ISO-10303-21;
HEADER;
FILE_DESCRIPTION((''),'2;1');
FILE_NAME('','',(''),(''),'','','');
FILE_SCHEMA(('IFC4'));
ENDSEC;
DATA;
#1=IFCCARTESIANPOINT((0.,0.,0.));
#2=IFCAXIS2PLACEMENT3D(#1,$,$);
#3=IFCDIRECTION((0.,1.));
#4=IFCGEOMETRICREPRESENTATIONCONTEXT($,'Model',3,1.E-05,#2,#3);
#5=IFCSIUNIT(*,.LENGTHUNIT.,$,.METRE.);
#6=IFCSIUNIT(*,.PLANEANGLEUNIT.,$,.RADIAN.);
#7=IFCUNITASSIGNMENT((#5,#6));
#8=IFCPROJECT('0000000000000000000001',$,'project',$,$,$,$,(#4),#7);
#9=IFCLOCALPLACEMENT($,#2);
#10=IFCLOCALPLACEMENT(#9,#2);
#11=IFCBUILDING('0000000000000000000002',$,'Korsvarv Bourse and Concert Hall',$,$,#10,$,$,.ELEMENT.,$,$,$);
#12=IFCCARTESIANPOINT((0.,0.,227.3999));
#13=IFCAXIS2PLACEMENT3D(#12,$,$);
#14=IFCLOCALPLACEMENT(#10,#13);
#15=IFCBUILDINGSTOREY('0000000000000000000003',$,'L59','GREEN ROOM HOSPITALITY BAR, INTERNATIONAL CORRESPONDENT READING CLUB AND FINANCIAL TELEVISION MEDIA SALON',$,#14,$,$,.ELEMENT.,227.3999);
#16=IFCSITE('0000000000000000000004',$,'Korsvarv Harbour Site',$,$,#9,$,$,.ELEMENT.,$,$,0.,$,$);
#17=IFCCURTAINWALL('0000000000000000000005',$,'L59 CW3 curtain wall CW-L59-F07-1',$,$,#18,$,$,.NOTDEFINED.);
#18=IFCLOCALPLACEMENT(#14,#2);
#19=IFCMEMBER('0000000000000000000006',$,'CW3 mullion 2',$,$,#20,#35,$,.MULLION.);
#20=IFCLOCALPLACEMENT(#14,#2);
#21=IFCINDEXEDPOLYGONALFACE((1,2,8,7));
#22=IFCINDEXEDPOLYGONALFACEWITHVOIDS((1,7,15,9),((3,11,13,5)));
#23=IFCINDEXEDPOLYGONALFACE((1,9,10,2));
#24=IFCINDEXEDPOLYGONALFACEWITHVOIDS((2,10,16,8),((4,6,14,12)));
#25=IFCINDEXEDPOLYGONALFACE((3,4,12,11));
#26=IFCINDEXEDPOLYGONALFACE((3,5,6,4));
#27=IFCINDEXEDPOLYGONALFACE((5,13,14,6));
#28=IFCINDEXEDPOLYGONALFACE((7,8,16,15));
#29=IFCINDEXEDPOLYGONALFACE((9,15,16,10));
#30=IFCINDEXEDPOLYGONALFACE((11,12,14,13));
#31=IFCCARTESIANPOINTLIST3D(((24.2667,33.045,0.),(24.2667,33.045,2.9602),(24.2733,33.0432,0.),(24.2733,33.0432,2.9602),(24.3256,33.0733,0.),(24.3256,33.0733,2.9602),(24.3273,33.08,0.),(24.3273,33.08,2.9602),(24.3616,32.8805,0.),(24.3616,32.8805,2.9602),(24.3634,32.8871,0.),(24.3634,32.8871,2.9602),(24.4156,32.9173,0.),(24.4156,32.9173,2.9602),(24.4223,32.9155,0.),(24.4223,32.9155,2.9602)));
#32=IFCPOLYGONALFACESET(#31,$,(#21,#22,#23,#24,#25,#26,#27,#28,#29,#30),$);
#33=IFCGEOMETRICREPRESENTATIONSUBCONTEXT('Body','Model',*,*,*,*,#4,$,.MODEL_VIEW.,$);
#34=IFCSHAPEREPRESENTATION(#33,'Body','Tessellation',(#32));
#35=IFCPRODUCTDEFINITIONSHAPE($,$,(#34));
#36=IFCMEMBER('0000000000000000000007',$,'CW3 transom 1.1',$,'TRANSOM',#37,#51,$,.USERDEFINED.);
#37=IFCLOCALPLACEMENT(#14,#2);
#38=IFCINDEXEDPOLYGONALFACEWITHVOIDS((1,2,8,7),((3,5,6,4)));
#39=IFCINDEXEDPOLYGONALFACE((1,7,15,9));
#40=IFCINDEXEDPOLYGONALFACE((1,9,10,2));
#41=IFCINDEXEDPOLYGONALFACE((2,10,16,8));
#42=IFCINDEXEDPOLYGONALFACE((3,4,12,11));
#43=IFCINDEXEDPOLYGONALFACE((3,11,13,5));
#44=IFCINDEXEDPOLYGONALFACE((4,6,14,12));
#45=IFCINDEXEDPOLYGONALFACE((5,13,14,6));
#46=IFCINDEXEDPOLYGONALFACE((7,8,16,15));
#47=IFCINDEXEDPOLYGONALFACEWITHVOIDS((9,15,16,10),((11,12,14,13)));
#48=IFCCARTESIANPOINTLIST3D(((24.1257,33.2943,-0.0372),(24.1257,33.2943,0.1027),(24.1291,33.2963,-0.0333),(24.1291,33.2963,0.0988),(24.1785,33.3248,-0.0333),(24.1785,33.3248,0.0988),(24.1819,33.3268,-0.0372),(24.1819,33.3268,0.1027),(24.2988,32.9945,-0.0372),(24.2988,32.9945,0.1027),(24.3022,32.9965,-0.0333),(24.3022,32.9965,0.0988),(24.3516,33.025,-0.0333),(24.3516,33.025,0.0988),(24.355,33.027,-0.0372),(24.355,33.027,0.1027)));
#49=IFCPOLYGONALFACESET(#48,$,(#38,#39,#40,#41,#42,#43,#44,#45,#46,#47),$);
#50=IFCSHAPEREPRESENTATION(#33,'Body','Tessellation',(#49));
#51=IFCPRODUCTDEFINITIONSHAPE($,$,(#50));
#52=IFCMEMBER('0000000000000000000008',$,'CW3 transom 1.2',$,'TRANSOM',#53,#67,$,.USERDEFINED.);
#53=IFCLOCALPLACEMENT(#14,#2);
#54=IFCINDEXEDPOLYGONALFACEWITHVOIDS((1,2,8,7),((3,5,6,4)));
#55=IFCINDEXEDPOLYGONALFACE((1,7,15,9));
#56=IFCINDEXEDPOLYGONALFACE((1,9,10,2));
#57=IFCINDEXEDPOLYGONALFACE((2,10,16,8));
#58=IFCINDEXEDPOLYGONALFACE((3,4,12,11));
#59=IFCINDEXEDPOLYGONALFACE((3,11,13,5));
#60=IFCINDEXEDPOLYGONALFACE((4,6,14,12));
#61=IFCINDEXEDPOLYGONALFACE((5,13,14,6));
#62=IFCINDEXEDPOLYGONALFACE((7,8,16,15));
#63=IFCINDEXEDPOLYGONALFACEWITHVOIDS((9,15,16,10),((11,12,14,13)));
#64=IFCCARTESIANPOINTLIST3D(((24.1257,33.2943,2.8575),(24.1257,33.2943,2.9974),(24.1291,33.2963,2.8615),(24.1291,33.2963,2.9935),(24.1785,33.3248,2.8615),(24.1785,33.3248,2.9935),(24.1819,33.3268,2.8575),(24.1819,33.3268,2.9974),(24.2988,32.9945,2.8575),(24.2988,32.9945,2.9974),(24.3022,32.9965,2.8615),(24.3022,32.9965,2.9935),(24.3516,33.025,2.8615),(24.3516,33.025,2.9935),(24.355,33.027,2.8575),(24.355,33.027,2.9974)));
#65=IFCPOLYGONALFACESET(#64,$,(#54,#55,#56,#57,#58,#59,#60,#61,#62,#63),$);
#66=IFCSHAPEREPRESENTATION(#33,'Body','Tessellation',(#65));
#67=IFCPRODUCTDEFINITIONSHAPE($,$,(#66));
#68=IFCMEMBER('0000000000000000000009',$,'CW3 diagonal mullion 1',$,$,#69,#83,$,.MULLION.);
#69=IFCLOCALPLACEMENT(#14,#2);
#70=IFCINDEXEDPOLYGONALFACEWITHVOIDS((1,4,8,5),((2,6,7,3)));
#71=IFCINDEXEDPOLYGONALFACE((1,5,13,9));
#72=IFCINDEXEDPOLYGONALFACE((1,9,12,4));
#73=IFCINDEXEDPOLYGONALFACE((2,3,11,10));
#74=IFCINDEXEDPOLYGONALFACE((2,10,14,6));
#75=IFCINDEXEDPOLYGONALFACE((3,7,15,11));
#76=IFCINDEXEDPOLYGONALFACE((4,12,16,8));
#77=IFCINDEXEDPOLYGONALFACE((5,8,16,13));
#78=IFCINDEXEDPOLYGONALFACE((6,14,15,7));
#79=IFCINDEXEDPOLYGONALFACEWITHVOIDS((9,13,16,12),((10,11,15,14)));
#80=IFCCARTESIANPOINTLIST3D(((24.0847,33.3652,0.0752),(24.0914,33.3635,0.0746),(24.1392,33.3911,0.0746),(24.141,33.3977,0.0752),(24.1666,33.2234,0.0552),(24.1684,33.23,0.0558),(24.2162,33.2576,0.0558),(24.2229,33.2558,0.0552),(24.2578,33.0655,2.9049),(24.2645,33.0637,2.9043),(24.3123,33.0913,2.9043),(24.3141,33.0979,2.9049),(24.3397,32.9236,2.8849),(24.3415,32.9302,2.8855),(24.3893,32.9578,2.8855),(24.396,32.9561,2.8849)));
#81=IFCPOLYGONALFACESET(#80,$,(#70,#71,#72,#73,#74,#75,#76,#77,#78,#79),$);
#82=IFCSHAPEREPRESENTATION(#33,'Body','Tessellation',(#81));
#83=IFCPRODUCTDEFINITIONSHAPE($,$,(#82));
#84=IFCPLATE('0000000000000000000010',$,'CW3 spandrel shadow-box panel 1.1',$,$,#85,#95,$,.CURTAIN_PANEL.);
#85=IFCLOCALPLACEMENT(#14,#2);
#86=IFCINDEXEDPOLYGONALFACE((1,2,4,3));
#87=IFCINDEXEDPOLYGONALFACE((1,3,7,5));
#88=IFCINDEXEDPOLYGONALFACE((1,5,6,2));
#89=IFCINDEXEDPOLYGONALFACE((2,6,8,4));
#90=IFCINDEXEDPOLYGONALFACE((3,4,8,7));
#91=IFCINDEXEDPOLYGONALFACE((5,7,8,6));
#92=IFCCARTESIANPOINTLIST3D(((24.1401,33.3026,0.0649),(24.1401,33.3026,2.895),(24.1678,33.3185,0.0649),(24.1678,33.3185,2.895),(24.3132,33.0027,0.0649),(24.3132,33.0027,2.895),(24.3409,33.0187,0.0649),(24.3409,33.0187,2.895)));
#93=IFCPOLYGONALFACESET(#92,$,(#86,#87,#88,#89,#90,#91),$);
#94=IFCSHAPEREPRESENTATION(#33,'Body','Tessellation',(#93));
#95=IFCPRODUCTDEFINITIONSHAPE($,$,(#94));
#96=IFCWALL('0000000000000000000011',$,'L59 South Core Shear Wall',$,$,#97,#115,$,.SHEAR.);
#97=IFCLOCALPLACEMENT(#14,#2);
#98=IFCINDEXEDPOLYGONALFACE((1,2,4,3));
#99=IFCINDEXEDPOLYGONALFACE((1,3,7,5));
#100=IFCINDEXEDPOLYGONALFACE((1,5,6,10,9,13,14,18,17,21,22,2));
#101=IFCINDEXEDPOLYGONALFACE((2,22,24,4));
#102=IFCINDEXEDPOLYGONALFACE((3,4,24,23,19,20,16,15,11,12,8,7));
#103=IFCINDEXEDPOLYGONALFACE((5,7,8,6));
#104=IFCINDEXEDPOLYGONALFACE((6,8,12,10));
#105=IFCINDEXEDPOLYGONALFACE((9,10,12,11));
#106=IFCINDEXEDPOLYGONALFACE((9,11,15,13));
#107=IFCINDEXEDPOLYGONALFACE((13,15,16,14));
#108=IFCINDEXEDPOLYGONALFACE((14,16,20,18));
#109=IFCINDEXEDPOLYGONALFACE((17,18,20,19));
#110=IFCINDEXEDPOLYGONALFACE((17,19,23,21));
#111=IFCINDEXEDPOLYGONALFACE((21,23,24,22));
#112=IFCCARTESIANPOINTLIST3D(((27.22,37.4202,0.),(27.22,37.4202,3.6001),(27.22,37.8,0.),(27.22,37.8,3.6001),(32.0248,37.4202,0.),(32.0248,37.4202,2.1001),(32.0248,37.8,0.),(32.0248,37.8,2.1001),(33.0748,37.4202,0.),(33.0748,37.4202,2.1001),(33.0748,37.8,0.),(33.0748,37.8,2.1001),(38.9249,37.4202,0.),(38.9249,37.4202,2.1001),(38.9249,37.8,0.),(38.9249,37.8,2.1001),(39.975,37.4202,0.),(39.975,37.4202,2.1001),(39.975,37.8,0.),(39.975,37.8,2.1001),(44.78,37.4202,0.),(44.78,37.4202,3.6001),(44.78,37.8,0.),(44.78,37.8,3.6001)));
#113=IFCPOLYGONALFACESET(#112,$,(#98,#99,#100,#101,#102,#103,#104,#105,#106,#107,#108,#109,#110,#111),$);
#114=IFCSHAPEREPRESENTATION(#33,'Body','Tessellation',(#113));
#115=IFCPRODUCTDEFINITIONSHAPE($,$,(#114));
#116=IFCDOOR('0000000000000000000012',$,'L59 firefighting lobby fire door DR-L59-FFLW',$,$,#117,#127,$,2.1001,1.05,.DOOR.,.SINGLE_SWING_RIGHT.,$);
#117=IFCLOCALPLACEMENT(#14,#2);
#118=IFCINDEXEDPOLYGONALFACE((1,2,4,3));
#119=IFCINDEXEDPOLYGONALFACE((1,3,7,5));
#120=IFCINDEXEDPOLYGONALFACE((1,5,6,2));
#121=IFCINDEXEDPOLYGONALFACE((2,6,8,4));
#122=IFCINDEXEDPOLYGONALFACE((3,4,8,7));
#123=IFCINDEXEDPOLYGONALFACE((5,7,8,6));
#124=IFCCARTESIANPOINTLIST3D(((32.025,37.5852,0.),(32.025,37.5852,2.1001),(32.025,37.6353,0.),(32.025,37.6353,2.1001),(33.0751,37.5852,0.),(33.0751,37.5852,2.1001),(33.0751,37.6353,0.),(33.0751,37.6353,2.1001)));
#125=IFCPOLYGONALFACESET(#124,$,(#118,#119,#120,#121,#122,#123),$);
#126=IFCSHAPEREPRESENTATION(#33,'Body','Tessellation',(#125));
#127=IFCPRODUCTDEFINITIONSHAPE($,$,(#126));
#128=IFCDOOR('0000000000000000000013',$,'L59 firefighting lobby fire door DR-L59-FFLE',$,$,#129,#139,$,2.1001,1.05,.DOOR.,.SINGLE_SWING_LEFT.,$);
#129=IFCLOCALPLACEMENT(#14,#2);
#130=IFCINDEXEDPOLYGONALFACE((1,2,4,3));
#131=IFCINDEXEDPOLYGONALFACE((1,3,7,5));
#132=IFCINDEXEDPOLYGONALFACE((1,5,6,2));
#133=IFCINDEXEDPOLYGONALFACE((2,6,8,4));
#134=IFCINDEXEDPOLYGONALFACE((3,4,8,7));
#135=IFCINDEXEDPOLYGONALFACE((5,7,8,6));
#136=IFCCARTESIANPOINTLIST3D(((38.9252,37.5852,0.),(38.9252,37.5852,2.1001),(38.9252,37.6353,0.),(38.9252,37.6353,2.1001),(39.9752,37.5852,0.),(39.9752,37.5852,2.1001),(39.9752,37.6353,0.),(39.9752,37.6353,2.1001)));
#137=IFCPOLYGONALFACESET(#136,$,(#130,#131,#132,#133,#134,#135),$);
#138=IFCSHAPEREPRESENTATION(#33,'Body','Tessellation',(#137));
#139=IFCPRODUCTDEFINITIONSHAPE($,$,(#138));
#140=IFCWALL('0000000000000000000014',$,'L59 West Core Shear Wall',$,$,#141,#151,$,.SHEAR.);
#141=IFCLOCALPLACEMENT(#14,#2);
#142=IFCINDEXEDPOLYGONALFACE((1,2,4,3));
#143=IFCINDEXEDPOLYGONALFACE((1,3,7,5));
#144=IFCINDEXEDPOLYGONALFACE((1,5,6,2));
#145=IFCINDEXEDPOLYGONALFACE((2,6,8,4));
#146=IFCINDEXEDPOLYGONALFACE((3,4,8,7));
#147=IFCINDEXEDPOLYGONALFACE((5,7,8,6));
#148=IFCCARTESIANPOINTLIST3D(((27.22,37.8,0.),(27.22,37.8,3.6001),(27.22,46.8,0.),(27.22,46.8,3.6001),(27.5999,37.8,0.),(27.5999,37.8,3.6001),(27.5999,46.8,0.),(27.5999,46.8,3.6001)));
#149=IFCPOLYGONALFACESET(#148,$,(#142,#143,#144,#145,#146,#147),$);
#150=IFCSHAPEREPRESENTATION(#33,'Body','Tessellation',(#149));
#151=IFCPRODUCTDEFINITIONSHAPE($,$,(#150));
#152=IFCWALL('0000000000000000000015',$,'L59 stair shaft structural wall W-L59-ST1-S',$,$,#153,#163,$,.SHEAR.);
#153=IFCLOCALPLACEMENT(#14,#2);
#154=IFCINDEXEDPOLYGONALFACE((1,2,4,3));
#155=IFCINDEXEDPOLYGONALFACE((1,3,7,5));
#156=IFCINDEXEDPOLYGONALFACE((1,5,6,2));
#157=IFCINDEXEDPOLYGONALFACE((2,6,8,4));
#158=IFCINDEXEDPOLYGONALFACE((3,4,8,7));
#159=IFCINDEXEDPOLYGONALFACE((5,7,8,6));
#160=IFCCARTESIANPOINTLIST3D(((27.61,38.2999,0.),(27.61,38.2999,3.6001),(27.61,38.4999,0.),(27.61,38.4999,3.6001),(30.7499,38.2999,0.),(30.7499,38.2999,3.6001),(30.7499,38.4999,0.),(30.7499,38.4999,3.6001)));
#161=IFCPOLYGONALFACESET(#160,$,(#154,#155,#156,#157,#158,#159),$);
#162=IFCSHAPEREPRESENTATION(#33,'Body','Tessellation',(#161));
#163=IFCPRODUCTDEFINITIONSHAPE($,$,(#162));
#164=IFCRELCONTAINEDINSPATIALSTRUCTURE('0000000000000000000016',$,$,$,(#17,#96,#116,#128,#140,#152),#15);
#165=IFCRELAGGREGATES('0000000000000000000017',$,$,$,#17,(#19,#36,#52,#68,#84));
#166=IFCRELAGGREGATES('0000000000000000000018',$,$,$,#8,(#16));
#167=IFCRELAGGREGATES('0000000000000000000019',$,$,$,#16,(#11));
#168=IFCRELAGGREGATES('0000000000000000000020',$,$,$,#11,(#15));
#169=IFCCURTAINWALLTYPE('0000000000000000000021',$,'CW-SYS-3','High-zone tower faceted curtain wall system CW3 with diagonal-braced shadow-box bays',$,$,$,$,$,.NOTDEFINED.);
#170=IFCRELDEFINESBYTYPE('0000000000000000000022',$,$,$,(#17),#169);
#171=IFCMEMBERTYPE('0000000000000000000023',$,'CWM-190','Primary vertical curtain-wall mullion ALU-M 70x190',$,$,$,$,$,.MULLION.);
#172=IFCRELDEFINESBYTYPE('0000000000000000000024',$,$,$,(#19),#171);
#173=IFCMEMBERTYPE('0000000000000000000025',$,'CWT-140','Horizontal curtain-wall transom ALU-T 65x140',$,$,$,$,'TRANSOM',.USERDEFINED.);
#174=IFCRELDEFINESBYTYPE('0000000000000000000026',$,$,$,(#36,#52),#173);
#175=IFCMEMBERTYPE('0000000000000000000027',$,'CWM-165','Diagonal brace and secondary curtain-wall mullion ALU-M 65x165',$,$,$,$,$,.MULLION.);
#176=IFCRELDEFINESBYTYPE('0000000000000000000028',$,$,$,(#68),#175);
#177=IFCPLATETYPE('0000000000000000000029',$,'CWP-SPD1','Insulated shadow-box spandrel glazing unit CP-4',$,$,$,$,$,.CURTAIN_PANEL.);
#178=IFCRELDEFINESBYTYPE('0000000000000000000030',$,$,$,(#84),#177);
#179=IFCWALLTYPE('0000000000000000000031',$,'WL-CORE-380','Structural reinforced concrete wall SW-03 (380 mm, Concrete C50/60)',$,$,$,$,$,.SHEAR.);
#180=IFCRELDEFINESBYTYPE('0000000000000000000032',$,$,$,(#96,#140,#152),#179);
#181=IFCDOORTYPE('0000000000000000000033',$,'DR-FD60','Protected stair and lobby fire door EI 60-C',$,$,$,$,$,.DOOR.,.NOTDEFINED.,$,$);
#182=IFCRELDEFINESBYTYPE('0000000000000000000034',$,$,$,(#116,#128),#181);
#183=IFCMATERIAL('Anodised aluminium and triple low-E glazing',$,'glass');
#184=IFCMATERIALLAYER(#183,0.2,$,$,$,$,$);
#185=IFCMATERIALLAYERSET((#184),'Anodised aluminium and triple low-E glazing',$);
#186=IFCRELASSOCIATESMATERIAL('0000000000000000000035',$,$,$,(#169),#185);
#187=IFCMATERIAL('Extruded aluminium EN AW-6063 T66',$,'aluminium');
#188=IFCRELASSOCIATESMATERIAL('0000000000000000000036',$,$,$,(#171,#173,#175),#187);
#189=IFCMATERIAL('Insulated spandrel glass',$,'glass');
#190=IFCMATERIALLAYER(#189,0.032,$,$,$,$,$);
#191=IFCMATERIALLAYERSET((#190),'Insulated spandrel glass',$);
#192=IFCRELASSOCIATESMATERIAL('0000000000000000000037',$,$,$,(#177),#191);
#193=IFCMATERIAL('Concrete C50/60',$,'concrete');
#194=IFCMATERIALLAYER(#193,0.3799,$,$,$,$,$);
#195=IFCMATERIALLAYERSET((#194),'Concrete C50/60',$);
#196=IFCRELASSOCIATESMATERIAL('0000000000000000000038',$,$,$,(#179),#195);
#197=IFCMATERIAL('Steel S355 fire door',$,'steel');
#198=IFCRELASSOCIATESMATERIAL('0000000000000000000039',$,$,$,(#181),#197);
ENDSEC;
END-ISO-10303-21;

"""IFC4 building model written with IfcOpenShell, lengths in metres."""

from ifc_helpers import new_model, si_unit, direction, frame, frame_2d, origin, origin_2d, place, context, subcontext, project, spatial, rectangle, hollow_rectangle, extrude, source, transform, mapped, material, layer, layer_set, material_profile, profile_set, type_object, element, fill, aggregate, save


model = new_model("IFC4")

# Units and contexts
model_context = context("Model", 3, precision=1e-05, world=origin(), true_north=direction((0.0, 1.0)))
body_context = subcontext(model_context, "Body", "Model", "MODEL_VIEW")
ifc_project = project(units=[si_unit("LENGTHUNIT", "METRE"), si_unit("PLANEANGLEUNIT", "RADIAN")], contexts=[model_context])

# Site, building, storey
site_placement = place(None, origin())
site = spatial("IfcSite", under=ifc_project, at=site_placement, Name="Korsvarv Harbour Site", CompositionType="ELEMENT", RefElevation=0.0)
building_placement = place(site_placement, origin())
building = spatial("IfcBuilding", under=site, at=building_placement, Name="Korsvarv Bourse and Concert Hall", CompositionType="ELEMENT")
storey_placement = place(building_placement, frame((0.0, 0.0, 227.3999)))
storey = spatial("IfcBuildingStorey", under=building, at=storey_placement, Name="L59", Description="GREEN ROOM HOSPITALITY BAR, INTERNATIONAL CORRESPONDENT READING CLUB AND FINANCIAL TELEVISION MEDIA SALON", CompositionType="ELEMENT", Elevation=227.3999)

# Curtain wall, members, plate
ifc_material_1 = material(Name="Anodised aluminium and triple low-E glazing", Category="glass")
ifc_layer_1 = layer(ifc_material_1, 0.2)
ifc_layer_set_1 = layer_set([ifc_layer_1], Name="Anodised aluminium and triple low-E glazing")
curtain_wall_type = type_object("IfcCurtainWallType", Name="CW-SYS-3", Description="High-zone tower faceted curtain wall system CW3 with diagonal-braced shadow-box bays", PredefinedType="NOTDEFINED", material=ifc_layer_set_1)
curtain_wall_placement = place(storey_placement, origin())
curtain_wall = element("IfcCurtainWall", 1, at=curtain_wall_placement, inside=storey, type_object=curtain_wall_type, Name="L59 CW3 curtain wall CW-L59-F07-1", PredefinedType="NOTDEFINED")
ifc_material_2 = material(Name="Extruded aluminium EN AW-6063 T66", Category="aluminium")
ifc_material_profile_1 = material_profile(ifc_material_2, hollow_rectangle(XDim=0.0701, YDim=0.1899, WallThickness=0.0049, at=origin_2d()), Name="ALU-M 70x190")
ifc_profile_set_1 = profile_set([ifc_material_profile_1], Name="Extruded aluminium EN AW-6063 T66")
member_type_1 = type_object("IfcMemberType", Name="CWM-190", Description="Primary vertical curtain-wall mullion ALU-M 70x190", PredefinedType="MULLION", material=ifc_profile_set_1)
shared_shape_1 = source(origin(), body_context, "Body", "SweptSolid", [
    extrude(hollow_rectangle(XDim=0.0701, YDim=0.1899, WallThickness=0.0049, at=origin_2d()), origin(), (0.0, 0.0, 1.0), 2.9602),
])
member_1_placement = place(storey_placement, frame((24.3445, 32.9802, 0.0), z_axis=(0.0, 0.0, 1.0), x_axis=(0.866045, 0.499966, 0.0)))
member_1 = element("IfcMember", 2, at=member_1_placement, type_object=member_type_1, Name="CW3 mullion 2", PredefinedType="MULLION", context=body_context, shape_type="MappedRepresentation", body=[
    mapped(shared_shape_1, transform((0.0, 0.0, 0.0), scale=1.0)),
])
ifc_material_profile_2 = material_profile(ifc_material_2, hollow_rectangle(XDim=0.0649, YDim=0.1399, WallThickness=0.0039, at=origin_2d()), Name="ALU-T 65x140")
ifc_profile_set_2 = profile_set([ifc_material_profile_2], Name="Extruded aluminium EN AW-6063 T66")
member_type_2 = type_object("IfcMemberType", Name="CWT-140", Description="Horizontal curtain-wall transom ALU-T 65x140", ElementType="TRANSOM", PredefinedType="USERDEFINED", material=ifc_profile_set_2)
shared_shape_2 = source(origin(), body_context, "Body", "SweptSolid", [
    extrude(hollow_rectangle(XDim=0.0649, YDim=0.1399, WallThickness=0.0039, at=origin_2d()), origin(), (0.0, 0.0, 1.0), 0.3462),
])
member_2_placement = place(storey_placement, frame((24.1538, 33.3105, 0.0327), z_axis=(0.500007, -0.866021, 0.0), x_axis=(0.866021, 0.500007, 0.0)))
member_2 = element("IfcMember", 3, at=member_2_placement, type_object=member_type_2, Name="CW3 transom 1.1", ObjectType="TRANSOM", PredefinedType="USERDEFINED", context=body_context, shape_type="MappedRepresentation", body=[
    mapped(shared_shape_2, transform((0.0, 0.0, 0.0), scale=1.0)),
])
member_3_placement = place(storey_placement, frame((24.1538, 33.3105, 2.9275), z_axis=(0.500007, -0.866021, 0.0), x_axis=(0.866021, 0.500007, 0.0)))
member_3 = element("IfcMember", 4, at=member_3_placement, type_object=member_type_2, Name="CW3 transom 1.2", ObjectType="TRANSOM", PredefinedType="USERDEFINED", context=body_context, shape_type="MappedRepresentation", body=[
    mapped(shared_shape_2, transform((0.0, 0.0, 0.0), scale=1.0)),
])
ifc_material_profile_3 = material_profile(ifc_material_2, hollow_rectangle(XDim=0.0649, YDim=0.165, WallThickness=0.0049, at=origin_2d()), Name="ALU-M 65x165")
ifc_profile_set_3 = profile_set([ifc_material_profile_3], Name="Extruded aluminium EN AW-6063 T66")
member_type_3 = type_object("IfcMemberType", Name="CWM-165", Description="Diagonal brace and secondary curtain-wall mullion ALU-M 65x165", PredefinedType="MULLION", material=ifc_profile_set_3)
shared_shape_3 = source(origin(), body_context, "Body", "SweptSolid", [
    extrude(hollow_rectangle(XDim=0.0649, YDim=0.165, WallThickness=0.0049, at=origin_2d()), origin(), (0.0, 0.0, 1.0), 2.8508),
])
member_4_placement = place(storey_placement, frame((24.1538, 33.3105, 0.0652), z_axis=(0.060716, -0.10516, 0.9926), x_axis=(0.866021, 0.500007, 0.0)))
member_4 = element("IfcMember", 5, at=member_4_placement, type_object=member_type_3, Name="CW3 diagonal mullion 1", PredefinedType="MULLION", context=body_context, shape_type="MappedRepresentation", body=[
    mapped(shared_shape_3, transform((0.0, 0.0, 0.0), scale=1.0)),
])
ifc_material_3 = material(Name="Insulated spandrel glass", Category="glass")
ifc_layer_2 = layer(ifc_material_3, 0.032)
ifc_layer_set_2 = layer_set([ifc_layer_2], Name="Insulated spandrel glass")
plate_type = type_object("IfcPlateType", Name="CWP-SPD1", Description="Insulated shadow-box spandrel glazing unit CP-4", PredefinedType="CURTAIN_PANEL", material=ifc_layer_set_2)
shared_shape_4 = source(origin(), body_context, "Body", "SweptSolid", [
    extrude(rectangle(XDim=0.3462, YDim=0.032, at=origin_2d()), origin(), (0.0, 0.0, 1.0), 2.8301),
])
plate_placement = place(storey_placement, frame((24.2405, 33.1606, 0.0649), z_axis=(0.0, 0.0, 1.0), x_axis=(0.499966, -0.866045, 0.0)))
plate = element("IfcPlate", 6, at=plate_placement, type_object=plate_type, Name="CW3 spandrel shadow-box panel 1.1", PredefinedType="CURTAIN_PANEL", context=body_context, shape_type="MappedRepresentation", body=[
    mapped(shared_shape_4, transform((0.0, 0.0, 0.0), scale=1.0)),
])
aggregate(curtain_wall, [member_1, member_2, member_3, member_4, plate])

# Wall, openings, doors
ifc_material_4 = material(Name="Concrete C50/60", Category="concrete")
ifc_layer_3 = layer(ifc_material_4, 0.3799)
ifc_layer_set_3 = layer_set([ifc_layer_3], Name="Concrete C50/60")
wall_type_1 = type_object("IfcWallType", Name="WL-CORE-380", Description="Structural reinforced concrete wall SW-03 (380 mm, Concrete C50/60)", PredefinedType="SHEAR", material=ifc_layer_set_3)
wall_1_placement = place(storey_placement, frame((27.22, 37.6101, 0.0), z_axis=(0.0, 0.0, 1.0), x_axis=(1.0, 0.0, 0.0)))
wall_1 = element("IfcWall", 7, at=wall_1_placement, inside=storey, type_object=wall_type_1, Name="L59 South Core Shear Wall", PredefinedType="SHEAR", context=body_context, shape_type="SweptSolid", body=[
    extrude(rectangle(XDim=17.5601, YDim=0.3799, at=frame_2d((8.78, 0.0))), origin(), (0.0, 0.0, 1.0), 3.6001),
])
opening_1_placement = place(wall_1_placement, frame((4.8049, 0.0, 0.0)))
opening_1 = element("IfcOpeningElement", 8, at=opening_1_placement, cuts=wall_1, PredefinedType="OPENING", context=body_context, shape_type="SweptSolid", body=[
    extrude(rectangle(XDim=1.05, YDim=2.1001, at=frame_2d((0.5249, 1.05))), frame((0.0, 0.2, 0.0), z_axis=(0.0, -1.0, 0.0), x_axis=(1.0, 0.0, 0.0)), (0.0, 0.0, 1.0), 0.3999),
])
opening_2_placement = place(wall_1_placement, frame((11.7051, 0.0, 0.0)))
opening_2 = element("IfcOpeningElement", 9, at=opening_2_placement, cuts=wall_1, PredefinedType="OPENING", context=body_context, shape_type="SweptSolid", body=[
    extrude(rectangle(XDim=1.05, YDim=2.1001, at=frame_2d((0.5249, 1.05))), frame((0.0, 0.2, 0.0), z_axis=(0.0, -1.0, 0.0), x_axis=(1.0, 0.0, 0.0)), (0.0, 0.0, 1.0), 0.3999),
])
ifc_material_5 = material(Name="Steel S355 fire door", Category="steel")
door_type = type_object("IfcDoorType", Name="DR-FD60", Description="Protected stair and lobby fire door EI 60-C", OperationType="NOTDEFINED", PredefinedType="DOOR", material=ifc_material_5)
door_1_placement = place(opening_1_placement, frame((1.05, 0.0, 0.0), z_axis=(0.0, 0.0, 1.0), x_axis=(-1.0, 0.0, 0.0)))
door_1 = element("IfcDoor", 10, at=door_1_placement, inside=storey, type_object=door_type, Name="L59 firefighting lobby fire door DR-L59-FFLW", OperationType="SINGLE_SWING_RIGHT", OverallHeight=2.1001, OverallWidth=1.05, PredefinedType="DOOR", context=body_context, shape_type="SweptSolid", body=[
    extrude(rectangle(XDim=1.05, YDim=2.1001, at=frame_2d((0.5249, 1.05))), frame((0.0, 0.0249, 0.0), z_axis=(0.0, -1.0, 0.0), x_axis=(1.0, 0.0, 0.0)), (0.0, 0.0, 1.0), 0.05),
])
fill(opening_1, door_1)
door_2_placement = place(opening_2_placement, frame((1.05, 0.0, 0.0), z_axis=(0.0, 0.0, 1.0), x_axis=(-1.0, 0.0, 0.0)))
door_2 = element("IfcDoor", 11, at=door_2_placement, inside=storey, type_object=door_type, Name="L59 firefighting lobby fire door DR-L59-FFLE", OperationType="SINGLE_SWING_LEFT", OverallHeight=2.1001, OverallWidth=1.05, PredefinedType="DOOR", context=body_context, shape_type="SweptSolid", body=[
    extrude(rectangle(XDim=1.05, YDim=2.1001, at=frame_2d((0.5249, 1.05))), frame((0.0, 0.0249, 0.0), z_axis=(0.0, -1.0, 0.0), x_axis=(1.0, 0.0, 0.0)), (0.0, 0.0, 1.0), 0.05),
])
fill(opening_2, door_2)

# Walls
wall_2_placement = place(storey_placement, frame((27.4099, 37.8, 0.0), z_axis=(0.0, 0.0, 1.0), x_axis=(0.0, 1.0, 0.0)))
element("IfcWall", 12, at=wall_2_placement, inside=storey, type_object=wall_type_1, Name="L59 West Core Shear Wall", PredefinedType="SHEAR", context=body_context, shape_type="SweptSolid", body=[
    extrude(rectangle(XDim=9.0, YDim=0.3799, at=frame_2d((4.5, 0.0))), origin(), (0.0, 0.0, 1.0), 3.6001),
])
wall_3_placement = place(storey_placement, frame((27.6101, 38.3999, 0.0), z_axis=(0.0, 0.0, 1.0), x_axis=(1.0, 0.0, 0.0)))
element("IfcWall", 13, at=wall_3_placement, inside=storey, type_object=wall_type_1, Name="L59 stair shaft structural wall W-L59-ST1-S", PredefinedType="SHEAR", context=body_context, shape_type="SweptSolid", body=[
    extrude(rectangle(XDim=3.1399, YDim=0.2, at=frame_2d((1.5698, 0.0))), origin(), (0.0, 0.0, 1.0), 3.6001),
])

save(model, "model.ifc")
